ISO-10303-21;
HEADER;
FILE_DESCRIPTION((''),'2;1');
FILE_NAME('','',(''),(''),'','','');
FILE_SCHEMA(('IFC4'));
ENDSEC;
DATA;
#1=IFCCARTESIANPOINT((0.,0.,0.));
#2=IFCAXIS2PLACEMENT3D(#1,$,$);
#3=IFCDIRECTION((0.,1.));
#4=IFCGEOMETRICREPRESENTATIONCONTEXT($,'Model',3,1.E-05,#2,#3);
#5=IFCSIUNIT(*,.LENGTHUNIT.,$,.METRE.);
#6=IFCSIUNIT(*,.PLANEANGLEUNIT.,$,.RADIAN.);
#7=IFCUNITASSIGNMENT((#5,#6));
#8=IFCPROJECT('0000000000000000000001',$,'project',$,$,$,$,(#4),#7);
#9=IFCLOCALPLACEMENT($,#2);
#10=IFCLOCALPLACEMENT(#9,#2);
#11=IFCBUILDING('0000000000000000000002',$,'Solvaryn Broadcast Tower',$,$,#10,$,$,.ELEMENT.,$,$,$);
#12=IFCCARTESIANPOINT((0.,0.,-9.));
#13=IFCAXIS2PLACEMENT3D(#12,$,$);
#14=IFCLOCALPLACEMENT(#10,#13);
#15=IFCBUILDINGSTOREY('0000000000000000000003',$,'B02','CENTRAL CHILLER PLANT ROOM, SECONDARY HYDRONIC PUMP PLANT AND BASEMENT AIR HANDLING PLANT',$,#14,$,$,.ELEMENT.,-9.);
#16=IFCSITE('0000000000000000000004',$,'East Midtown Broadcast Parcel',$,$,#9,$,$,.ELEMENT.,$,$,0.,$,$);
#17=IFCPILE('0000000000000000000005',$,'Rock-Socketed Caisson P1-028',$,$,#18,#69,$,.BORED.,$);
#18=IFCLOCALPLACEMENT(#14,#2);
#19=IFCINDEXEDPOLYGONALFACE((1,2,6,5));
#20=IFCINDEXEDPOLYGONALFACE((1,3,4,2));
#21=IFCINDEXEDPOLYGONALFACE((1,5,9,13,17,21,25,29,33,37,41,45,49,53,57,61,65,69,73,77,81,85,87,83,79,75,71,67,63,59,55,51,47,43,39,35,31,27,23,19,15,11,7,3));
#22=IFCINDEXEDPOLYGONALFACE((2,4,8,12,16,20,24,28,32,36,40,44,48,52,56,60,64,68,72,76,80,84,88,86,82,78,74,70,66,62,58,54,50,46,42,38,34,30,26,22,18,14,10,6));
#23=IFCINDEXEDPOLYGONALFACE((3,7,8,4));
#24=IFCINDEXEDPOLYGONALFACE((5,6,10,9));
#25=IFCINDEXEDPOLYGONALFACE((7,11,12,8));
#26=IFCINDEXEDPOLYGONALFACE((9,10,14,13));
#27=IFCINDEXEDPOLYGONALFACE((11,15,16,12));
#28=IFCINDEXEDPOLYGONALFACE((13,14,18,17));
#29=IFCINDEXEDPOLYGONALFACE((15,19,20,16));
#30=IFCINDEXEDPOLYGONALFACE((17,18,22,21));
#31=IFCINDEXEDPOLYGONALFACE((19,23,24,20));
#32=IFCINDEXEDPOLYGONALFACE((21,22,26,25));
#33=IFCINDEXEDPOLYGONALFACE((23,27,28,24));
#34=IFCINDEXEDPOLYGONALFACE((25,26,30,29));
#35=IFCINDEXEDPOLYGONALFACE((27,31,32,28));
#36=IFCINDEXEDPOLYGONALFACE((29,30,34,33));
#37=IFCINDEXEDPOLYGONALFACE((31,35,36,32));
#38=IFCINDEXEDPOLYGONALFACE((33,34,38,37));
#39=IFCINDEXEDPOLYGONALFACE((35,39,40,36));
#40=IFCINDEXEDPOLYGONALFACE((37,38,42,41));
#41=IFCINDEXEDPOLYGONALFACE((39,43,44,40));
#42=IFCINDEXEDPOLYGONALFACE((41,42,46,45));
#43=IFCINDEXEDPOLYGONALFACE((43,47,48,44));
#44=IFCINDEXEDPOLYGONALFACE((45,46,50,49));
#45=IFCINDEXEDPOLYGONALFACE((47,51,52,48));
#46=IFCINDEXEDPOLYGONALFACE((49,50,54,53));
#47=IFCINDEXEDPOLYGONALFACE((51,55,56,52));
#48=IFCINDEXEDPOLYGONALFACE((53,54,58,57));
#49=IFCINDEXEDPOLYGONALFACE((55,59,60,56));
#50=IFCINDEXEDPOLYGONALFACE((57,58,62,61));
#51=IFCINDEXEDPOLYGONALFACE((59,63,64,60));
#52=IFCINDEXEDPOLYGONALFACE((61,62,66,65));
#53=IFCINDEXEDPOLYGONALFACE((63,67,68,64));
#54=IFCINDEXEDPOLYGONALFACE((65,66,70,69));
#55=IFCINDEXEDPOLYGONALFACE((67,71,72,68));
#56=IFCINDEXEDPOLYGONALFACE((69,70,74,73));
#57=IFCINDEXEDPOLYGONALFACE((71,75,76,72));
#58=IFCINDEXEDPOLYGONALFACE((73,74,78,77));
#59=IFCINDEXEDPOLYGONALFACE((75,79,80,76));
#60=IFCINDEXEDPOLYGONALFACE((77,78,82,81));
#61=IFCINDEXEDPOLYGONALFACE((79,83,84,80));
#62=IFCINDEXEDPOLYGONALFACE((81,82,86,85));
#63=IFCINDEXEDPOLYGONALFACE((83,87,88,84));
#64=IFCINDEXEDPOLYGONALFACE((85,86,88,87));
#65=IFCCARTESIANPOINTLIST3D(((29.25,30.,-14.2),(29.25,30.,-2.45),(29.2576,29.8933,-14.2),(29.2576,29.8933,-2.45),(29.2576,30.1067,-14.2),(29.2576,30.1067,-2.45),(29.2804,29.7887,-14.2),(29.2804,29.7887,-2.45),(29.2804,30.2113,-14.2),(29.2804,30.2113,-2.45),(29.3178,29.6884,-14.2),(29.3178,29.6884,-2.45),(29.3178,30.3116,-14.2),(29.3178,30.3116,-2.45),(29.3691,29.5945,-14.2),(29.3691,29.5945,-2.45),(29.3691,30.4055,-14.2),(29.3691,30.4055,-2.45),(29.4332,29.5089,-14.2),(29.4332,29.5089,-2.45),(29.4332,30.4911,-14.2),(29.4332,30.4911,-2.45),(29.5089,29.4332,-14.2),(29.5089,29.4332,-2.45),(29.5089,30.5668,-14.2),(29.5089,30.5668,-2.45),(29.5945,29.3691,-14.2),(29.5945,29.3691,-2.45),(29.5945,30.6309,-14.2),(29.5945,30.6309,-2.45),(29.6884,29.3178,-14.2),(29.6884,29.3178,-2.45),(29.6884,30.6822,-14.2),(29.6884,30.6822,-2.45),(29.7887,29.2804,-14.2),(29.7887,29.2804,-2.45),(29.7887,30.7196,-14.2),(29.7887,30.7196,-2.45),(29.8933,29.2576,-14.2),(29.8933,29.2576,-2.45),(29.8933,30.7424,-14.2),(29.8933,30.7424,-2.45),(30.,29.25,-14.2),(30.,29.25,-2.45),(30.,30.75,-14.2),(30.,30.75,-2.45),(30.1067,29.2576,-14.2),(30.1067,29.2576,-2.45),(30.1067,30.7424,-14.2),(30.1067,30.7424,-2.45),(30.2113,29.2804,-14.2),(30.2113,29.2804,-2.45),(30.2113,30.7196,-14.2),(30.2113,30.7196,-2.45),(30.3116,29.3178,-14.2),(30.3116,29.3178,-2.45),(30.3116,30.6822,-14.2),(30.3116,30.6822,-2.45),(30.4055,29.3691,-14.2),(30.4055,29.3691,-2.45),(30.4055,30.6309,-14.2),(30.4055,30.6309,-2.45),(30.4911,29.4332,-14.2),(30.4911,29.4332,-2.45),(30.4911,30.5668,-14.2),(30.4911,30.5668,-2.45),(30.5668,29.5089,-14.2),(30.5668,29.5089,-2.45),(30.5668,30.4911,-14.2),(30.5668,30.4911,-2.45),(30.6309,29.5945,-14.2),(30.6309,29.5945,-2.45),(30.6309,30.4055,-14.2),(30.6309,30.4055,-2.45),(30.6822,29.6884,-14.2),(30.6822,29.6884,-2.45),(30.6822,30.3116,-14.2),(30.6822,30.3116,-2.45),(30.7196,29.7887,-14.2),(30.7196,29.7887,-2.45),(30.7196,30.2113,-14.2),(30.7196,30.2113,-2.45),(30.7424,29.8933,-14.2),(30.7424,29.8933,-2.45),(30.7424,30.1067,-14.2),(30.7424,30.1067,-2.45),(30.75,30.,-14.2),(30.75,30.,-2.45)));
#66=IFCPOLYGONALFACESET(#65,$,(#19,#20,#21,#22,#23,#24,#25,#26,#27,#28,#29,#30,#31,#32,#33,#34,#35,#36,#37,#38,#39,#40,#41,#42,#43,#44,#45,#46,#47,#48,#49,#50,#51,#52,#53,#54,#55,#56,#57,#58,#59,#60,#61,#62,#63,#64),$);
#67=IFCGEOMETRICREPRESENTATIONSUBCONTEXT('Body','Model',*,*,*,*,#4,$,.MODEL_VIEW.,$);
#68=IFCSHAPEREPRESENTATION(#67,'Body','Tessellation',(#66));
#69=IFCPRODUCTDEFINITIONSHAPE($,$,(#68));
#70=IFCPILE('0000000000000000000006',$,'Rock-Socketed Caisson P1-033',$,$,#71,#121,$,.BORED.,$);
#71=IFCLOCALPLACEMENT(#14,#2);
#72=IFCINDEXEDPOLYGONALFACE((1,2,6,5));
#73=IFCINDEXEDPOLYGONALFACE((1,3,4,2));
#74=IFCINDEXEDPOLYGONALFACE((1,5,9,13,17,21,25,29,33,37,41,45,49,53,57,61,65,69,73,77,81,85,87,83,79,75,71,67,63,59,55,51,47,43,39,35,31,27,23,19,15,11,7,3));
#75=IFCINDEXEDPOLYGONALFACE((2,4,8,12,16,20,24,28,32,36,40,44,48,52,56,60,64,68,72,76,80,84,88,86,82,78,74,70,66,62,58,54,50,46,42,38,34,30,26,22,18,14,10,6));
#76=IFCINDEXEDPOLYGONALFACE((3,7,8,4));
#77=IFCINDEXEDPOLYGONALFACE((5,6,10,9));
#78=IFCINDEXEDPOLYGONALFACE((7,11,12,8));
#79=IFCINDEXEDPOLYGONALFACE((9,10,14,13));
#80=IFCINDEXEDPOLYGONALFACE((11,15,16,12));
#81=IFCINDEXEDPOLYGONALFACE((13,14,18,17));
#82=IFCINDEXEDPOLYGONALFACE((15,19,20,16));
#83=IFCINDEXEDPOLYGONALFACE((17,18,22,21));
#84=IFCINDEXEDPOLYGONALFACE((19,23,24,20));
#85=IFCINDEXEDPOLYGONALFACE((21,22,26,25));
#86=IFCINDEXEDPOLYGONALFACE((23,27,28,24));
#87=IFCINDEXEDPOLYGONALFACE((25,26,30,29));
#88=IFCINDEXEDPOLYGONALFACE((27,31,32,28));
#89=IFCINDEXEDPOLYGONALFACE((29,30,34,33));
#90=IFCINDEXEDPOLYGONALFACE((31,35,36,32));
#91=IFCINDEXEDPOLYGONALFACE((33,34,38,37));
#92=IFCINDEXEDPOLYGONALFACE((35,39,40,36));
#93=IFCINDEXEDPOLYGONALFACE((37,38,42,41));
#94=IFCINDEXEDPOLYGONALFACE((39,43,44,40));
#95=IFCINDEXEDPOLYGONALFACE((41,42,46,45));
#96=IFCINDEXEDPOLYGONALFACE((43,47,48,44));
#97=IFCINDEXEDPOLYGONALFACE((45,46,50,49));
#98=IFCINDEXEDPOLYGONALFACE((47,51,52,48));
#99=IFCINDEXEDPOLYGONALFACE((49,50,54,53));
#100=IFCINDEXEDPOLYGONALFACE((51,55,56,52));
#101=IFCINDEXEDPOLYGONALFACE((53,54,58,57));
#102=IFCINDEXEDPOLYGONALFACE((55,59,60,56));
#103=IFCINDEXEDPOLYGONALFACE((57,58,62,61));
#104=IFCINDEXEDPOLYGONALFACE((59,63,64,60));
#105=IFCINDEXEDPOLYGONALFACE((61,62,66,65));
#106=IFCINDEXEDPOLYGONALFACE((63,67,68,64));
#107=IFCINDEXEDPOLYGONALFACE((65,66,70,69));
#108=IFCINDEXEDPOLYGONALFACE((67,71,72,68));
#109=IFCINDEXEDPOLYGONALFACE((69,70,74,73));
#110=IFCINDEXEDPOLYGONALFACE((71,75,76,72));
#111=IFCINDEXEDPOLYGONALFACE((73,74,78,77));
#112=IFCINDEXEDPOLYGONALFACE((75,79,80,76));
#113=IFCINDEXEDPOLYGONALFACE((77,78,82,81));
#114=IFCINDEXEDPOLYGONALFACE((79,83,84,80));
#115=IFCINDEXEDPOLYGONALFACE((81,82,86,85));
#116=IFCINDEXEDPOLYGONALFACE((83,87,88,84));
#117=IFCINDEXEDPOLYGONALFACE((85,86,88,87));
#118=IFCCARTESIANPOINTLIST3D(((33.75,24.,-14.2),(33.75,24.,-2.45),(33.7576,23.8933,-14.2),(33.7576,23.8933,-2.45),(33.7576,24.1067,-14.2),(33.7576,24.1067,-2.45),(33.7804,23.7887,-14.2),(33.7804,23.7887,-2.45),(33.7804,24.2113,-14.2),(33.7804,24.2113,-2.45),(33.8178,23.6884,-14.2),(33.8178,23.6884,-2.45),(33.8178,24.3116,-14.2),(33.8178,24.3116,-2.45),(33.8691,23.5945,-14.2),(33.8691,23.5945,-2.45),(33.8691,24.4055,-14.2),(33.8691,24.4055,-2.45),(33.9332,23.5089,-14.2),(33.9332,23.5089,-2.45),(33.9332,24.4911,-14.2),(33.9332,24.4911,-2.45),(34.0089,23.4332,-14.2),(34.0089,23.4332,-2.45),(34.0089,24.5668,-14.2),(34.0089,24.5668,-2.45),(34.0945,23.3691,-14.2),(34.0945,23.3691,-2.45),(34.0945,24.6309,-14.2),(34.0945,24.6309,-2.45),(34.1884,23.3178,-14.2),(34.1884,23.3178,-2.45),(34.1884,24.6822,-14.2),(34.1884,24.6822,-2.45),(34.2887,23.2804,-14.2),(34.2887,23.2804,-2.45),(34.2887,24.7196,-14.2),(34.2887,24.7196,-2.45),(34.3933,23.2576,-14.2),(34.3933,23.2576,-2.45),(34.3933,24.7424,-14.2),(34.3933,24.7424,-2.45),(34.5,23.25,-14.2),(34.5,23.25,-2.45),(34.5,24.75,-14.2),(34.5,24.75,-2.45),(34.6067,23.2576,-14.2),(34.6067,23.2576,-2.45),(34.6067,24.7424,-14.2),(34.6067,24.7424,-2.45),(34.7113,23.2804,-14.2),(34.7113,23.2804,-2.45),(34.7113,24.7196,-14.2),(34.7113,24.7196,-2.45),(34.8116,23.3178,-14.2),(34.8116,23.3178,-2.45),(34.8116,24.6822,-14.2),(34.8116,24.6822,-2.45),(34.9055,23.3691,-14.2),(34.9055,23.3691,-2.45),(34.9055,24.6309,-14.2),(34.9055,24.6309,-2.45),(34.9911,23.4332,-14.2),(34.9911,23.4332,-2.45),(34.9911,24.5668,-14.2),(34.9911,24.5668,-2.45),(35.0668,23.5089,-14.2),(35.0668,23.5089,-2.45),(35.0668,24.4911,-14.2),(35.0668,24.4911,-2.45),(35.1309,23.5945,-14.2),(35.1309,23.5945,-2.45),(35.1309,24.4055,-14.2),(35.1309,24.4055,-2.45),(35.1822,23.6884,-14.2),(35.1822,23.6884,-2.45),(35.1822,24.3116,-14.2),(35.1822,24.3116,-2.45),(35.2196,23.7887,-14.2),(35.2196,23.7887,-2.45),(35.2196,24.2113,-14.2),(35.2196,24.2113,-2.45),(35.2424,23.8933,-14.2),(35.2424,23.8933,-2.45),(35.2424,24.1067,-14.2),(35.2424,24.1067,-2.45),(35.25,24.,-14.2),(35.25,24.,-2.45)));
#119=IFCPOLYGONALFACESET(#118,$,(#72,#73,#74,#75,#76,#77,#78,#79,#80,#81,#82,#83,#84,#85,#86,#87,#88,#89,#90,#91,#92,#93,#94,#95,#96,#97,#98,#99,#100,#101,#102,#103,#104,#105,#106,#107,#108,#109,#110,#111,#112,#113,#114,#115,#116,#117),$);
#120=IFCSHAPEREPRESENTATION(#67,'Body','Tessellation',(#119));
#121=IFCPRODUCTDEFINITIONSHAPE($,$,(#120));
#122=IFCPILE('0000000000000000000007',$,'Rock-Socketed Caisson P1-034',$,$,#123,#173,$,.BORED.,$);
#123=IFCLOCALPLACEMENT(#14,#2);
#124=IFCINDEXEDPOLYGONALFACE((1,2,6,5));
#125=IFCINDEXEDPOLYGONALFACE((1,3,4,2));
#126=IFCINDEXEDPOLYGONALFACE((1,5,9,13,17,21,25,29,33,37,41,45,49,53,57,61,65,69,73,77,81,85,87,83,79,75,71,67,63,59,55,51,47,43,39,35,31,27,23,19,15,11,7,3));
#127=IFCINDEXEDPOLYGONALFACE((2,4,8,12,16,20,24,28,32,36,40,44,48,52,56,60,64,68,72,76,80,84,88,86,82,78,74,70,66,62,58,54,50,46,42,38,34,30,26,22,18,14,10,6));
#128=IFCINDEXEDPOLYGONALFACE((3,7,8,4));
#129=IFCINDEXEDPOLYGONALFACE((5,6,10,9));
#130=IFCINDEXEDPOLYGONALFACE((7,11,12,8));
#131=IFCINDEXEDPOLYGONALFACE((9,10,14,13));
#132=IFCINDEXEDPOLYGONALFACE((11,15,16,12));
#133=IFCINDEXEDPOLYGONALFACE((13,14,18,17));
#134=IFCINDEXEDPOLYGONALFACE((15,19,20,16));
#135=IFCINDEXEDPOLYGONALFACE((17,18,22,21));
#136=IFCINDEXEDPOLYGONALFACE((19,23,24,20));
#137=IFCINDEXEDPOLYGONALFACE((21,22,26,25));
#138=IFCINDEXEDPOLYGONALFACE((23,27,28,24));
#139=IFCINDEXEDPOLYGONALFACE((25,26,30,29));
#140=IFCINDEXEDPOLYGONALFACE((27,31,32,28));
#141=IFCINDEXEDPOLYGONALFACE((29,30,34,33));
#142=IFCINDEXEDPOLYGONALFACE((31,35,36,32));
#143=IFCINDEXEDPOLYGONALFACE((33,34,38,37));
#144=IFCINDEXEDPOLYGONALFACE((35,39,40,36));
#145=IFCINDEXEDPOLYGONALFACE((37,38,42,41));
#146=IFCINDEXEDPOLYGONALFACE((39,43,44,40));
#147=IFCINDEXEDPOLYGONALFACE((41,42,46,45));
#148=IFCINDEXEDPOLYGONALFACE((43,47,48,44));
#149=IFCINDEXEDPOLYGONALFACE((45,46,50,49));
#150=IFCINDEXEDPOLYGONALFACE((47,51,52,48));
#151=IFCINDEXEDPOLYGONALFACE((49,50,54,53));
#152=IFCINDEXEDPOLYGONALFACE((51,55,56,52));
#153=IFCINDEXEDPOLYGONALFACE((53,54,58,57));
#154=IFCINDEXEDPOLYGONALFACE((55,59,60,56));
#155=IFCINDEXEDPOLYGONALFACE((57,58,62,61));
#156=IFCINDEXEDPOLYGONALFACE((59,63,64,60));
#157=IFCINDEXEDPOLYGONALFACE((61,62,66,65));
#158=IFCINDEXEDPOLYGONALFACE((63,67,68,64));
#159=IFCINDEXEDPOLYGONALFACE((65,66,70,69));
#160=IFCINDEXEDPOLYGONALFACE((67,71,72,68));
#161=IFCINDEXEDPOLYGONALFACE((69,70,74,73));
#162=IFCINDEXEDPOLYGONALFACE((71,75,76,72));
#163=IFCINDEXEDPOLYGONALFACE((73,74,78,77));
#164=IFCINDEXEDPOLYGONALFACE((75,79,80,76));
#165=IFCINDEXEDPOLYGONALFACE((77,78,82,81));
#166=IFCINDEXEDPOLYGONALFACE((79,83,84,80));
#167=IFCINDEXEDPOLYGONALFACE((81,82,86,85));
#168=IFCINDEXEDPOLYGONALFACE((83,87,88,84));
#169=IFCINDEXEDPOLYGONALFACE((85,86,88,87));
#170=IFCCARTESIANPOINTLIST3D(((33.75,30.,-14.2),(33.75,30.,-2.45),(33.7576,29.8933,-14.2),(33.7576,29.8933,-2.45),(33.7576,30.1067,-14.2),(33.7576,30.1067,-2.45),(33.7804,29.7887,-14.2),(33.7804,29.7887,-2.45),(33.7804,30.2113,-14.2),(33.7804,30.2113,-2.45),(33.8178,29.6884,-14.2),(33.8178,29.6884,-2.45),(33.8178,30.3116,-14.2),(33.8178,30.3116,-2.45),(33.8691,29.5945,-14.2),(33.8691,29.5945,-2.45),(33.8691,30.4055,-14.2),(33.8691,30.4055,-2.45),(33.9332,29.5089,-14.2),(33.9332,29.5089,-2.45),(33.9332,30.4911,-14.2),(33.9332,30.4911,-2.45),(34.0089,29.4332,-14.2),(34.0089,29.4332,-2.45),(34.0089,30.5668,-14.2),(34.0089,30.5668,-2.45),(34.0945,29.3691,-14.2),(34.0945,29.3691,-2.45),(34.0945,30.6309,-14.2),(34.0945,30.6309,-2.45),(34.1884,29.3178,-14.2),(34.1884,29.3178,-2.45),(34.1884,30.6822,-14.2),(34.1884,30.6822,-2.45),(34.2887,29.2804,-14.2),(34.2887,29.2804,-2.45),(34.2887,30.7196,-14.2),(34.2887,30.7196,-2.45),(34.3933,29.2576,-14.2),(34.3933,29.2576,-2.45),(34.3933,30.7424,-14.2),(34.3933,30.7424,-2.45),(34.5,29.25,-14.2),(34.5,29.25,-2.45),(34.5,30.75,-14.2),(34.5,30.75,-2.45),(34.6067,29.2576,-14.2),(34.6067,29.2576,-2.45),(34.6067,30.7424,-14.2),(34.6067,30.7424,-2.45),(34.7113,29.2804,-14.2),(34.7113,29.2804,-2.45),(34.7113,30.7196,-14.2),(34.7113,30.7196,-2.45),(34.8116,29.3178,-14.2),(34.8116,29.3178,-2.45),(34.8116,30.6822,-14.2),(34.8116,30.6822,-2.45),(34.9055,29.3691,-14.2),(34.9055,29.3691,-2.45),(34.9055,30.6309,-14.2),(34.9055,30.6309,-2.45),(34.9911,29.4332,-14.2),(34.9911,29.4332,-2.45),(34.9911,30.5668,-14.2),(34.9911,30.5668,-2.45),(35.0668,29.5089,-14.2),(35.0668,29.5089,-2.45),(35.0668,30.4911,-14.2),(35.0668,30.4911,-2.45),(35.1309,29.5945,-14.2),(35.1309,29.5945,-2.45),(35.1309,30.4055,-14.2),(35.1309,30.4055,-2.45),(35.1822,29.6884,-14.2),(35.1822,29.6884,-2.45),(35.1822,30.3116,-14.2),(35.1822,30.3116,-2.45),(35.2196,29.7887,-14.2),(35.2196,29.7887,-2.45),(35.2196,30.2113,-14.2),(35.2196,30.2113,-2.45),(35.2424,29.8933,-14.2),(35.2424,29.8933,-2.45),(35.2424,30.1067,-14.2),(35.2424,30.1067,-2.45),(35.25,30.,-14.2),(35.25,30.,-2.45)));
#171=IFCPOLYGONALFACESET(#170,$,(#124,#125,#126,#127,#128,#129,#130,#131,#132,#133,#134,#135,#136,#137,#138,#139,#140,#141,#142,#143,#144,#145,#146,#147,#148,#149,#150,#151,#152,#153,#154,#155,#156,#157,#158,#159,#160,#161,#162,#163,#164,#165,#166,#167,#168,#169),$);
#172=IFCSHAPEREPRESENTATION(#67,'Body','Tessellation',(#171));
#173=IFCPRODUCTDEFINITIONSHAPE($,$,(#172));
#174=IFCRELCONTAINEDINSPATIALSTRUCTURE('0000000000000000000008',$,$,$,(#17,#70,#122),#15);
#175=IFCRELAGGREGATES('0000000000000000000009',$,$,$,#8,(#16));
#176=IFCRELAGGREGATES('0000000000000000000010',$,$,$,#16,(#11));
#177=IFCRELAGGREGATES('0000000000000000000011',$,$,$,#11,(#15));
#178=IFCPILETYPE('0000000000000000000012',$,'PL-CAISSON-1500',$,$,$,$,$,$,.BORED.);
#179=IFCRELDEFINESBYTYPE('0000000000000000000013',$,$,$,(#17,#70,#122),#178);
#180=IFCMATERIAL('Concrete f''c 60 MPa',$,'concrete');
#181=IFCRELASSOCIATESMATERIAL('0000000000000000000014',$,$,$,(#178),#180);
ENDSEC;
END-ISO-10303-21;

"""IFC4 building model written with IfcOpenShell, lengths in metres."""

from ifc_helpers import new_model, si_unit, direction, frame, origin, origin_2d, place, context, subcontext, project, spatial, circle, extrude, material, material_profile, profile_set, type_object, element, save


model = new_model("IFC4")

# Units and contexts
model_context = context("Model", 3, precision=1e-05, world=origin(), true_north=direction((0.0, 1.0)))
body_context = subcontext(model_context, "Body", "Model", "MODEL_VIEW")
ifc_project = project(units=[si_unit("LENGTHUNIT", "METRE"), si_unit("PLANEANGLEUNIT", "RADIAN")], contexts=[model_context])

# Site, building, storey
site_placement = place(None, origin())
site = spatial("IfcSite", under=ifc_project, at=site_placement, Name="East Midtown Broadcast Parcel", CompositionType="ELEMENT", RefElevation=0.0)
building_placement = place(site_placement, origin())
building = spatial("IfcBuilding", under=site, at=building_placement, Name="Solvaryn Broadcast Tower", CompositionType="ELEMENT")
storey_placement = place(building_placement, frame((0.0, 0.0, -9.0)))
storey = spatial("IfcBuildingStorey", under=building, at=storey_placement, Name="B02", Description="CENTRAL CHILLER PLANT ROOM, SECONDARY HYDRONIC PUMP PLANT AND BASEMENT AIR HANDLING PLANT", CompositionType="ELEMENT", Elevation=-9.0)

# Piles
ifc_material_1 = material(Name="Concrete f'c 60 MPa", Category="concrete")
ifc_material_profile_1 = material_profile(ifc_material_1, circle(Radius=0.75, at=origin_2d()))
ifc_profile_set_1 = profile_set([ifc_material_profile_1], Name="Concrete f'c 60 MPa")
pile_type_1 = type_object("IfcPileType", Name="PL-CAISSON-1500", PredefinedType="BORED", material=ifc_profile_set_1)
for number, where, z_axis, x_axis, name in (
    (1, (30.0, 30.0, -2.45), (0.0, 0.0, -1.0), (1.0, 0.0, 0.0), "Rock-Socketed Caisson P1-028"),
    (2, (34.5, 24.0, -2.45), (0.0, 0.0, -1.0), (1.0, 0.0, 0.0), "Rock-Socketed Caisson P1-033"),
    (3, (34.5, 30.0, -2.45), (0.0, 0.0, -1.0), (1.0, 0.0, 0.0), "Rock-Socketed Caisson P1-034"),
):
    element("IfcPile", number, at=place(storey_placement, frame(where, z_axis=z_axis, x_axis=x_axis)), inside=storey, type_object=pile_type_1, Name=name, PredefinedType="BORED", context=body_context, shape_type="SweptSolid", body=[
        extrude(circle(Radius=0.75, at=origin_2d()), origin(), (0.0, 0.0, 1.0), 11.75),
    ])

save(model, "model.ifc")
